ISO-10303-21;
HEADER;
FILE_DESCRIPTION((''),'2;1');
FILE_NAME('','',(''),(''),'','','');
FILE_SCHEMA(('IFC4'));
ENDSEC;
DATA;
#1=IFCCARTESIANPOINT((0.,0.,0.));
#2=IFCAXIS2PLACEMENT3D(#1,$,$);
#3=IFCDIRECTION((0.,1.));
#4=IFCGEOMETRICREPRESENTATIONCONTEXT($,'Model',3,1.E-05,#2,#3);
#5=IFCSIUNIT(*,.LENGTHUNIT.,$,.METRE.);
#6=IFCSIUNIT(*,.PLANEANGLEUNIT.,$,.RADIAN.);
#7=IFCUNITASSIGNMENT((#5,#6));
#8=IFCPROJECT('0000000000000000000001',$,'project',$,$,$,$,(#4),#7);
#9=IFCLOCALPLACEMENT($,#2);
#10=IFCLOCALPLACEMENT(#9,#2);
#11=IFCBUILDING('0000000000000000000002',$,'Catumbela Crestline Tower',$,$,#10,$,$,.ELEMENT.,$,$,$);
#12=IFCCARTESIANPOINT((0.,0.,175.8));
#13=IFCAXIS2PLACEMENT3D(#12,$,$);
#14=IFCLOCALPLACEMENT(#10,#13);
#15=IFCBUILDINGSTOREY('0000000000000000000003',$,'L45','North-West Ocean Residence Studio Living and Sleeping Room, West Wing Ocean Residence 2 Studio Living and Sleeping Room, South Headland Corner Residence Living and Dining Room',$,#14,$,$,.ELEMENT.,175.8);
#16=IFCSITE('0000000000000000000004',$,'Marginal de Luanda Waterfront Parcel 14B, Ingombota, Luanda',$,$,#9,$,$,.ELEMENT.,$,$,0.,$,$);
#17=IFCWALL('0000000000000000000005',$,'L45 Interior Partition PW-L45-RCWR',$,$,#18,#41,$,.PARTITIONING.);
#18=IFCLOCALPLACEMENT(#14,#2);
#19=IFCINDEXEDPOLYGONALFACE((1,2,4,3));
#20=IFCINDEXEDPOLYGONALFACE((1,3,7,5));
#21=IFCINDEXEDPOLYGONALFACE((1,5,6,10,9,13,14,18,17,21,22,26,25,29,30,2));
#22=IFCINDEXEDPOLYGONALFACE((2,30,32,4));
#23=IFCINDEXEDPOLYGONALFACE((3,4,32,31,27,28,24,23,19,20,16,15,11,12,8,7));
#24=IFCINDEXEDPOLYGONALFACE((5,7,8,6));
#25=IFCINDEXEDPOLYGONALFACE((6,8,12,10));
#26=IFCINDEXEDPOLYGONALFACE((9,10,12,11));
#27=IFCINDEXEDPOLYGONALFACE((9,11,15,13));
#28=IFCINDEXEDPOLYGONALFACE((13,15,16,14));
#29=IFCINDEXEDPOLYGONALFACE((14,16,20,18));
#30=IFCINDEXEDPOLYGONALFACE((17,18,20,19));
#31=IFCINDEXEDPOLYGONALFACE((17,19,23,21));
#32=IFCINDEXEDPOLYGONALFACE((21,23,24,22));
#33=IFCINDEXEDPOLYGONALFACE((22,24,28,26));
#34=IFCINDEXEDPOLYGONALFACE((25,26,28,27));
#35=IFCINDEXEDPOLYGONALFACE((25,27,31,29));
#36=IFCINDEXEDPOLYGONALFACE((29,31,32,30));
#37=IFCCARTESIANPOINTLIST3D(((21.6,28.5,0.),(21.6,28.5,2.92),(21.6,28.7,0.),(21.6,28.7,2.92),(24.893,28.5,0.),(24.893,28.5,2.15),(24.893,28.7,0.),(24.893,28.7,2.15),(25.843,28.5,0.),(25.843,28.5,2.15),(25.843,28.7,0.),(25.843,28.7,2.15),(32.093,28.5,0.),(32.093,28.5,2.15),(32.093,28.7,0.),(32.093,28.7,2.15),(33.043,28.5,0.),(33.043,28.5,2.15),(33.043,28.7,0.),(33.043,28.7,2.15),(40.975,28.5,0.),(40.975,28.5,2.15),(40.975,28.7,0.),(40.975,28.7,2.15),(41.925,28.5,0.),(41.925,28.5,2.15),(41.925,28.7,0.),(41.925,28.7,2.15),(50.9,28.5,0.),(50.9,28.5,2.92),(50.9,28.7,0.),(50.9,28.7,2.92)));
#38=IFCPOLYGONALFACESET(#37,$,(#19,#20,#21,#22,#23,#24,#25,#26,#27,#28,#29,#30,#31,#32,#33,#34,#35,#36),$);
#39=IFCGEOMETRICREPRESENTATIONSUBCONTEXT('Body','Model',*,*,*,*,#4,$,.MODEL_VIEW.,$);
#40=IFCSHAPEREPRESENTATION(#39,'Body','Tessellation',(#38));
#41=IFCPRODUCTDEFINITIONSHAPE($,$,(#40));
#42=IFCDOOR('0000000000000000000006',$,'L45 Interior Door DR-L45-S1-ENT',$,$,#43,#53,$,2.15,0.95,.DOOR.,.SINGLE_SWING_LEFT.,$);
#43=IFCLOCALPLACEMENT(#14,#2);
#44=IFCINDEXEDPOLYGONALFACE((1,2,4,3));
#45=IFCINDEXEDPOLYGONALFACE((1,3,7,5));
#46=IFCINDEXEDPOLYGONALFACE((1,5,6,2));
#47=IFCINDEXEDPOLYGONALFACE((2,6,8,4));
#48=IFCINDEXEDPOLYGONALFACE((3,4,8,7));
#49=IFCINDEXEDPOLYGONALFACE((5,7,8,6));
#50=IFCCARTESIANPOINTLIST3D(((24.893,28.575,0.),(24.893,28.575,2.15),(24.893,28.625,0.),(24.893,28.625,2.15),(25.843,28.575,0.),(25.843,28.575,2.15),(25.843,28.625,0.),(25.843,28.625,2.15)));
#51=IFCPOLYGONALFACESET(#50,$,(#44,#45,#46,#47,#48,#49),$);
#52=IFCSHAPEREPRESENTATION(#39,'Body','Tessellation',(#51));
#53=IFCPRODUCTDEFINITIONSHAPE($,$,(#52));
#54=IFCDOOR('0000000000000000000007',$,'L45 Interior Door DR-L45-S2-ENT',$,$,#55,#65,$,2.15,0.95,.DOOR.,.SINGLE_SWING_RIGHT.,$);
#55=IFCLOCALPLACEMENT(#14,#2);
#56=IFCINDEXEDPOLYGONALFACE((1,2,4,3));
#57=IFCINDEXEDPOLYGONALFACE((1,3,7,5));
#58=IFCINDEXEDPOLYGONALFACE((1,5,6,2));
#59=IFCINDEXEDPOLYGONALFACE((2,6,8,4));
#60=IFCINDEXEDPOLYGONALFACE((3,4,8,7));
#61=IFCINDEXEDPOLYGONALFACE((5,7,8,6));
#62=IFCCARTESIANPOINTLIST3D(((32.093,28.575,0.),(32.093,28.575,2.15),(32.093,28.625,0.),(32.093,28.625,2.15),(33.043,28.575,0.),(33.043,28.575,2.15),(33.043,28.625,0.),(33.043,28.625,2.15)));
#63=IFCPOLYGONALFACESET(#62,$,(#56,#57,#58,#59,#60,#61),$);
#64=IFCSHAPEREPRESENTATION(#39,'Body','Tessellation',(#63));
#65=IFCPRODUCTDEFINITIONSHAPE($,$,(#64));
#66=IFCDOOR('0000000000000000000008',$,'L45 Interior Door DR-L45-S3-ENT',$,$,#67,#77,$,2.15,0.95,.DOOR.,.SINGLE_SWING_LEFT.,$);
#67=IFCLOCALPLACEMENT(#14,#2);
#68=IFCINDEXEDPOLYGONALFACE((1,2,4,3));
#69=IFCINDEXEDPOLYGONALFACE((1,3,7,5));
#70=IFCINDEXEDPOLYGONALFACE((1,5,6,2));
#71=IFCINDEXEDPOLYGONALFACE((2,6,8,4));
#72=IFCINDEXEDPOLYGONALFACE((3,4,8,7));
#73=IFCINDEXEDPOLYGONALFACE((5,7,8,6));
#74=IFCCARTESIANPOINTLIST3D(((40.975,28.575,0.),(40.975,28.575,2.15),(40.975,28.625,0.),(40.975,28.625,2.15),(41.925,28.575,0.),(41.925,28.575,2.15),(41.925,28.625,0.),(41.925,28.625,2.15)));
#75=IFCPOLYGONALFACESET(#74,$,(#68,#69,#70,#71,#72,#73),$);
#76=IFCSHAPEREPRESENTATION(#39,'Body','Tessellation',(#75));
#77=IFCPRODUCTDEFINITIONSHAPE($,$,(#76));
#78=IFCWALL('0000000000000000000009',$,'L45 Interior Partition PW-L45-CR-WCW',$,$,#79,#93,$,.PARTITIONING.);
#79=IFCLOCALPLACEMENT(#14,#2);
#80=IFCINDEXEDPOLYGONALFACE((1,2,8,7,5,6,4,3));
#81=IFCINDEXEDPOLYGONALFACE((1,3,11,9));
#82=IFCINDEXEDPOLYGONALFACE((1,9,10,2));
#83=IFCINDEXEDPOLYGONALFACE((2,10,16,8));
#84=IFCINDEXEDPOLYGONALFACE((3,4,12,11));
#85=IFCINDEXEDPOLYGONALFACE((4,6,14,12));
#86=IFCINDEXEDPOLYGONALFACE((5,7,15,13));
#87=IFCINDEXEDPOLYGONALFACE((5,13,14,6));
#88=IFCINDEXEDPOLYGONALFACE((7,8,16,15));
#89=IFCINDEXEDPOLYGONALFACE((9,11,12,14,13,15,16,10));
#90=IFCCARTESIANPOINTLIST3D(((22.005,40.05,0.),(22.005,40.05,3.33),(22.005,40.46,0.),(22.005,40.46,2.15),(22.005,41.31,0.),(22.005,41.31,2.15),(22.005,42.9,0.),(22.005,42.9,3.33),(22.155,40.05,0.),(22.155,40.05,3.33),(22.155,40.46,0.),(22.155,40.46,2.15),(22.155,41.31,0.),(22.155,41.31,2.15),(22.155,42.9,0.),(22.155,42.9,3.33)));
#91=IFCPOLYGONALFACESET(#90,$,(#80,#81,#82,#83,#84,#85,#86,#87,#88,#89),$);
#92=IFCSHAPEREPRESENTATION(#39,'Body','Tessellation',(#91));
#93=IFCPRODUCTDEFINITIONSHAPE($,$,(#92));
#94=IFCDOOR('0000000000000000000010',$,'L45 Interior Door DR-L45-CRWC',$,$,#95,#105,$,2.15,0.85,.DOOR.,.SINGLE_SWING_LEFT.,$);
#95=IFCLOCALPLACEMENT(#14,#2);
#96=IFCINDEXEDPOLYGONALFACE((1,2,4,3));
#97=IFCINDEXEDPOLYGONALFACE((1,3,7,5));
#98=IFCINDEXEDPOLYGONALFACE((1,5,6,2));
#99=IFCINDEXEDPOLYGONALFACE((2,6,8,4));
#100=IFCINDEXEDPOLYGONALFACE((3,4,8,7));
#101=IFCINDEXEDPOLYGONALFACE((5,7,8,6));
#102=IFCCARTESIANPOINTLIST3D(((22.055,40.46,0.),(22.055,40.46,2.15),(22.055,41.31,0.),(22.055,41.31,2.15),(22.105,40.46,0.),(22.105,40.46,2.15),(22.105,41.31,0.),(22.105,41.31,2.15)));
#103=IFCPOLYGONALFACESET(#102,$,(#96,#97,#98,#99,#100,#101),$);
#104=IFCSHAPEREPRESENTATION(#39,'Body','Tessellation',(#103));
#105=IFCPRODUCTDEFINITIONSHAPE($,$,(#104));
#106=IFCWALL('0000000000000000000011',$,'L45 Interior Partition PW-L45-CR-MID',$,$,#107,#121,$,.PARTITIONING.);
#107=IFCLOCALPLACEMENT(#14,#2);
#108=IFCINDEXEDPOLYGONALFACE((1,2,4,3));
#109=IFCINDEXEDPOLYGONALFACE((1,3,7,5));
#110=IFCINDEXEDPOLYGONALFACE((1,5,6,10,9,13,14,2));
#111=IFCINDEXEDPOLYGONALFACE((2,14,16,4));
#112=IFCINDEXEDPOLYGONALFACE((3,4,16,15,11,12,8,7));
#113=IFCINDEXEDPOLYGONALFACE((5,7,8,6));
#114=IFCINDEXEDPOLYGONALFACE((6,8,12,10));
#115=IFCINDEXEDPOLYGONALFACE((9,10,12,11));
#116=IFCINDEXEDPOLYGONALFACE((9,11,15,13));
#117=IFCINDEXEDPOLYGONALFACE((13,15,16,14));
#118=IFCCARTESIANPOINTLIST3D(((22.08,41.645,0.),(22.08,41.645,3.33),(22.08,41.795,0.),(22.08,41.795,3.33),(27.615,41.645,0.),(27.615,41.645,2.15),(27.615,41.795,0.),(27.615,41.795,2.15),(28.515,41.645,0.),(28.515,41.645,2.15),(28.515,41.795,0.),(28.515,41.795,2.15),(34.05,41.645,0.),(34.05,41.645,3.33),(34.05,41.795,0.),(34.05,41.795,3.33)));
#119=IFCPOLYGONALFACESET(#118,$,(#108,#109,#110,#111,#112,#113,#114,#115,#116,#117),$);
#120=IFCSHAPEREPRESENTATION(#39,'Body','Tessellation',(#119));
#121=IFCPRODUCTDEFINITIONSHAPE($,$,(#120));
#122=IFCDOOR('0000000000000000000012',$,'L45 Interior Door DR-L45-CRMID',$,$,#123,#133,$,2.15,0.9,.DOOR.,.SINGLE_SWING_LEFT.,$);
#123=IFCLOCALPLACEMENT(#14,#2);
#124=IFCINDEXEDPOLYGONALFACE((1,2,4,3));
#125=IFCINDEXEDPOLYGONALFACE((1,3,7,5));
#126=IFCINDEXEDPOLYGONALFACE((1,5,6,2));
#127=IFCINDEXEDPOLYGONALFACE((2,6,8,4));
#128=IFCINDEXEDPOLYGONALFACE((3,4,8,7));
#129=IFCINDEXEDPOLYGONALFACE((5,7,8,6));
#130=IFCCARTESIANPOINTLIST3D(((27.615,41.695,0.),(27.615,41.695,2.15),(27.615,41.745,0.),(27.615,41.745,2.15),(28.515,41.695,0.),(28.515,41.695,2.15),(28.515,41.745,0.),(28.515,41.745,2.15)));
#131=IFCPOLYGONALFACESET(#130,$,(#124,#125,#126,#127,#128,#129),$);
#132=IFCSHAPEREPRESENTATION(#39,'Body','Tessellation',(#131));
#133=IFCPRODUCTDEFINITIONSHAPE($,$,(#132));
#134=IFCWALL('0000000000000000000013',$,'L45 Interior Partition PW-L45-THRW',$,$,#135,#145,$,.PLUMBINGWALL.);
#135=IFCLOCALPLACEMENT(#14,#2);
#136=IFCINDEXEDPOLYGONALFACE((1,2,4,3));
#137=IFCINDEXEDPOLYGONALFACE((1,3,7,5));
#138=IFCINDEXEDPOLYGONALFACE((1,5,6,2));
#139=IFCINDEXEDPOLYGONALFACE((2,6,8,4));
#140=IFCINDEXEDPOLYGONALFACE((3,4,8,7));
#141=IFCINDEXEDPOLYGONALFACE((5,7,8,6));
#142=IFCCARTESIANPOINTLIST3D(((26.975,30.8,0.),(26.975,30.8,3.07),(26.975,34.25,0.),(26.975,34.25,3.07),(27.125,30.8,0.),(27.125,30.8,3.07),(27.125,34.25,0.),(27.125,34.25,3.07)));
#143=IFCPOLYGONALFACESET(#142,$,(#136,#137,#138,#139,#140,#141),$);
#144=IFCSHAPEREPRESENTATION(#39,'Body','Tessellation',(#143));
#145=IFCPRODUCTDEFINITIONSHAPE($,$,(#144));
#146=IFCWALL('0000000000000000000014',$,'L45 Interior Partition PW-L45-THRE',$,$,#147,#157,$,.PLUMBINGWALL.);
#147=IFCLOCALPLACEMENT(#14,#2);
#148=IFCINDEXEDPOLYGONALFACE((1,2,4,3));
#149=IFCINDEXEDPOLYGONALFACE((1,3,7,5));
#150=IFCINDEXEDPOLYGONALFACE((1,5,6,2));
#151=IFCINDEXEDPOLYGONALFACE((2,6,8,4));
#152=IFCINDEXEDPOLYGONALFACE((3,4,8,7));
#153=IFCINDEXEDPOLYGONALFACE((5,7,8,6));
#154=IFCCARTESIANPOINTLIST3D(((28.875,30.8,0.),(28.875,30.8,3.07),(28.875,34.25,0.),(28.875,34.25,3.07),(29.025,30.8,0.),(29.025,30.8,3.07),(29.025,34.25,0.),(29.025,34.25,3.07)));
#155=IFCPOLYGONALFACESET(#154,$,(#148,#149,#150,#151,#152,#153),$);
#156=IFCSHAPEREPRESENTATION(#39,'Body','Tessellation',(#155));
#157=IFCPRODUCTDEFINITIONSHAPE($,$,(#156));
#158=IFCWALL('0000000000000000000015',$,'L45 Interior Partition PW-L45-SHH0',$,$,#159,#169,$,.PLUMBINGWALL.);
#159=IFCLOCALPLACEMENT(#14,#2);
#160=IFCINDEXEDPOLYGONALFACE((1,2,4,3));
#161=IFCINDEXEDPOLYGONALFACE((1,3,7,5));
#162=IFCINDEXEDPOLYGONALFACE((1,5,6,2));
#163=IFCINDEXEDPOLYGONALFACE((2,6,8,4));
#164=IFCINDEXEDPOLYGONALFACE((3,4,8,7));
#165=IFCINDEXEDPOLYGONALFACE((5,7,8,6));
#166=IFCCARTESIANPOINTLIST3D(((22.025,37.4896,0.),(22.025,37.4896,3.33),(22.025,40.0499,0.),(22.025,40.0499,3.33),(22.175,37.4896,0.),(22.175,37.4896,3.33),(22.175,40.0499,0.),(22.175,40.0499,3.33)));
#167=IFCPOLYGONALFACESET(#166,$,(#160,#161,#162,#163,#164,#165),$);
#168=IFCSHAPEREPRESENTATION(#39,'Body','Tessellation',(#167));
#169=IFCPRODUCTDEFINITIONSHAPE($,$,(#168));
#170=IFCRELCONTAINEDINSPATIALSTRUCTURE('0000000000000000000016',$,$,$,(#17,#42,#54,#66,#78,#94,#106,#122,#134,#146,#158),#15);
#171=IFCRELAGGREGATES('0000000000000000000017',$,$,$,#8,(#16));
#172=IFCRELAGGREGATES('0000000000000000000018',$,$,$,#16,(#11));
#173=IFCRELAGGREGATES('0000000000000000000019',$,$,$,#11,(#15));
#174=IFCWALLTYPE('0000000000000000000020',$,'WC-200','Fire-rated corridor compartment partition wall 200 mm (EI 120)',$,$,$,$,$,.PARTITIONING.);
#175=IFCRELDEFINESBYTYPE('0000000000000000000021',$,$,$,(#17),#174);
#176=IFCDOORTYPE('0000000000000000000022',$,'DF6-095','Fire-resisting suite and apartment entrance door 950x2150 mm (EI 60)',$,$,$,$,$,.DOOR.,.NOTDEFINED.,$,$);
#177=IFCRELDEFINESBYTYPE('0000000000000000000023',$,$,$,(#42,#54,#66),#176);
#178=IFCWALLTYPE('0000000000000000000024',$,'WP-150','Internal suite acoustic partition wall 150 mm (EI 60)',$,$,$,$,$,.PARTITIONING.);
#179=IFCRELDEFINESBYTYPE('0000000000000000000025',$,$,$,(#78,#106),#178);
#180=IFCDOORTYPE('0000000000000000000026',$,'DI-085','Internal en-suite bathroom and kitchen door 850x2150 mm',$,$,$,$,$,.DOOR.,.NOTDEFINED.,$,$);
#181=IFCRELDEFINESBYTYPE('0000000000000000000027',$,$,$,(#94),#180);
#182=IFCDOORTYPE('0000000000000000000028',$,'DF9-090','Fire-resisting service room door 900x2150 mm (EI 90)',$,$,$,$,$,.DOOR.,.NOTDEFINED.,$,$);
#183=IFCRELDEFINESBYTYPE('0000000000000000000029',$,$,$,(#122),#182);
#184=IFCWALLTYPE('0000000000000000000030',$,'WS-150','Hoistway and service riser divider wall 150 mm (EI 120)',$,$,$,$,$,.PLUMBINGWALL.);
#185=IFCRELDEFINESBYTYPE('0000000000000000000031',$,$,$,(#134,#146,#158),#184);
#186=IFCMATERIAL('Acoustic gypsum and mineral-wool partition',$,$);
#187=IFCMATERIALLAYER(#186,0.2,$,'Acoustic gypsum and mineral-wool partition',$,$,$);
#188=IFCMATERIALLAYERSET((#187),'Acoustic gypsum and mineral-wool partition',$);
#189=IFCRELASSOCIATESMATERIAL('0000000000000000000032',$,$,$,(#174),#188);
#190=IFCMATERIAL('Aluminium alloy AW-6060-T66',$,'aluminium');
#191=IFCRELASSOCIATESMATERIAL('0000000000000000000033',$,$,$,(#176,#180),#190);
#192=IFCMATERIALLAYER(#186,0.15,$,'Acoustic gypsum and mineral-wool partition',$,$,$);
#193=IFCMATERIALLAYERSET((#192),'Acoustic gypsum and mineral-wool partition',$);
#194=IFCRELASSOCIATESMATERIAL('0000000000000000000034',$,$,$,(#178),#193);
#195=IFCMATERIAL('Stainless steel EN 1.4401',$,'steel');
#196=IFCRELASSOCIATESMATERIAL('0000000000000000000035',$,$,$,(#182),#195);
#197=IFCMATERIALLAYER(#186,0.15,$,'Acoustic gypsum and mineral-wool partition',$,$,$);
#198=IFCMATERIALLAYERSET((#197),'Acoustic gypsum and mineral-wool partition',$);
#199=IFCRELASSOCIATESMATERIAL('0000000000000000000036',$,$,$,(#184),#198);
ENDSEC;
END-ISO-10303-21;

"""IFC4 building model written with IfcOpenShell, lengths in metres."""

from ifc_helpers import new_model, si_unit, direction, frame, frame_2d, origin, place, context, subcontext, project, spatial, rectangle, extrude, material, layer, layer_set, type_object, element, fill, save


model = new_model("IFC4")

# Units and contexts
model_context = context("Model", 3, precision=1e-05, world=origin(), true_north=direction((0.0, 1.0)))
body_context = subcontext(model_context, "Body", "Model", "MODEL_VIEW")
ifc_project = project(units=[si_unit("LENGTHUNIT", "METRE"), si_unit("PLANEANGLEUNIT", "RADIAN")], contexts=[model_context])

# Site, building, storey
site_placement = place(None, origin())
site = spatial("IfcSite", under=ifc_project, at=site_placement, Name="Marginal de Luanda Waterfront Parcel 14B, Ingombota, Luanda", CompositionType="ELEMENT", RefElevation=0.0)
building_placement = place(site_placement, origin())
building = spatial("IfcBuilding", under=site, at=building_placement, Name="Catumbela Crestline Tower", CompositionType="ELEMENT")
storey_placement = place(building_placement, frame((0.0, 0.0, 175.8)))
storey = spatial("IfcBuildingStorey", under=building, at=storey_placement, Name="L45", Description="North-West Ocean Residence Studio Living and Sleeping Room, West Wing Ocean Residence 2 Studio Living and Sleeping Room, South Headland Corner Residence Living and Dining Room", CompositionType="ELEMENT", Elevation=175.8)

# Shared definitions
ifc_material_1 = material(Name="Stainless steel EN 1.4401", Category="steel")
ifc_material_2 = material(Name="Acoustic gypsum and mineral-wool partition")
ifc_layer_1 = layer(ifc_material_2, 0.2, Name="Acoustic gypsum and mineral-wool partition")
ifc_layer_set_1 = layer_set([ifc_layer_1], Name="Acoustic gypsum and mineral-wool partition")
wall_type_1 = type_object("IfcWallType", Name="WC-200", Description="Fire-rated corridor compartment partition wall 200 mm (EI 120)", PredefinedType="PARTITIONING", material=ifc_layer_set_1)

# Wall, openings, doors
wall_1_placement = place(storey_placement, frame((21.6, 28.6, 0.0), z_axis=(0.0, 0.0, 1.0), x_axis=(1.0, 0.0, 0.0)))
wall_1 = element("IfcWall", 1, at=wall_1_placement, inside=storey, type_object=wall_type_1, Name="L45 Interior Partition PW-L45-RCWR", PredefinedType="PARTITIONING", context=body_context, shape_type="SweptSolid", body=[
    extrude(rectangle(XDim=29.3, YDim=0.2, at=frame_2d((14.65, 0.0))), origin(), (0.0, 0.0, 1.0), 2.92),
])
opening_1_placement = place(wall_1_placement, frame((3.293, 0.0, 0.0)))
opening_1 = element("IfcOpeningElement", 2, at=opening_1_placement, cuts=wall_1, PredefinedType="OPENING", context=body_context, shape_type="SweptSolid", body=[
    extrude(rectangle(XDim=0.95, YDim=2.15, at=frame_2d((0.475, 1.075))), frame((0.0, 0.11, 0.0), z_axis=(0.0, -1.0, 0.0), x_axis=(1.0, 0.0, 0.0)), (0.0, 0.0, 1.0), 0.22),
])
opening_2_placement = place(wall_1_placement, frame((10.493, 0.0, 0.0)))
opening_2 = element("IfcOpeningElement", 3, at=opening_2_placement, cuts=wall_1, PredefinedType="OPENING", context=body_context, shape_type="SweptSolid", body=[
    extrude(rectangle(XDim=0.95, YDim=2.15, at=frame_2d((0.475, 1.075))), frame((0.0, 0.11, 0.0), z_axis=(0.0, -1.0, 0.0), x_axis=(1.0, 0.0, 0.0)), (0.0, 0.0, 1.0), 0.22),
])
opening_3_placement = place(wall_1_placement, frame((19.375, 0.0, 0.0)))
opening_3 = element("IfcOpeningElement", 4, at=opening_3_placement, cuts=wall_1, PredefinedType="OPENING", context=body_context, shape_type="SweptSolid", body=[
    extrude(rectangle(XDim=0.95, YDim=2.15, at=frame_2d((0.475, 1.075))), frame((0.0, 0.11, 0.0), z_axis=(0.0, -1.0, 0.0), x_axis=(1.0, 0.0, 0.0)), (0.0, 0.0, 1.0), 0.22),
])
ifc_material_3 = material(Name="Aluminium alloy AW-6060-T66", Category="aluminium")
door_type_1 = type_object("IfcDoorType", Name="DF6-095", Description="Fire-resisting suite and apartment entrance door 950x2150 mm (EI 60)", OperationType="NOTDEFINED", PredefinedType="DOOR", material=ifc_material_3)
door_1_placement = place(opening_1_placement, origin())
door_1 = element("IfcDoor", 5, at=door_1_placement, inside=storey, type_object=door_type_1, Name="L45 Interior Door DR-L45-S1-ENT", OperationType="SINGLE_SWING_LEFT", OverallHeight=2.15, OverallWidth=0.95, PredefinedType="DOOR", context=body_context, shape_type="SweptSolid", body=[
    extrude(rectangle(XDim=0.95, YDim=2.15, at=frame_2d((0.475, 1.075))), frame((0.0, 0.025, 0.0), z_axis=(0.0, -1.0, 0.0), x_axis=(1.0, 0.0, 0.0)), (0.0, 0.0, 1.0), 0.05),
])
fill(opening_1, door_1)
door_2_placement = place(opening_2_placement, origin())
door_2 = element("IfcDoor", 6, at=door_2_placement, inside=storey, type_object=door_type_1, Name="L45 Interior Door DR-L45-S2-ENT", OperationType="SINGLE_SWING_RIGHT", OverallHeight=2.15, OverallWidth=0.95, PredefinedType="DOOR", context=body_context, shape_type="SweptSolid", body=[
    extrude(rectangle(XDim=0.95, YDim=2.15, at=frame_2d((0.475, 1.075))), frame((0.0, 0.025, 0.0), z_axis=(0.0, -1.0, 0.0), x_axis=(1.0, 0.0, 0.0)), (0.0, 0.0, 1.0), 0.05),
])
fill(opening_2, door_2)
door_3_placement = place(opening_3_placement, origin())
door_3 = element("IfcDoor", 7, at=door_3_placement, inside=storey, type_object=door_type_1, Name="L45 Interior Door DR-L45-S3-ENT", OperationType="SINGLE_SWING_LEFT", OverallHeight=2.15, OverallWidth=0.95, PredefinedType="DOOR", context=body_context, shape_type="SweptSolid", body=[
    extrude(rectangle(XDim=0.95, YDim=2.15, at=frame_2d((0.475, 1.075))), frame((0.0, 0.025, 0.0), z_axis=(0.0, -1.0, 0.0), x_axis=(1.0, 0.0, 0.0)), (0.0, 0.0, 1.0), 0.05),
])
fill(opening_3, door_3)

# Walls, openings, doors
ifc_layer_2 = layer(ifc_material_2, 0.15, Name="Acoustic gypsum and mineral-wool partition")
ifc_layer_set_2 = layer_set([ifc_layer_2], Name="Acoustic gypsum and mineral-wool partition")
wall_type_2 = type_object("IfcWallType", Name="WP-150", Description="Internal suite acoustic partition wall 150 mm (EI 60)", PredefinedType="PARTITIONING", material=ifc_layer_set_2)
wall_2_placement = place(storey_placement, frame((22.08, 40.05, 0.0), z_axis=(0.0, 0.0, 1.0), x_axis=(0.0, 1.0, 0.0)))
wall_2 = element("IfcWall", 8, at=wall_2_placement, inside=storey, type_object=wall_type_2, Name="L45 Interior Partition PW-L45-CR-WCW", PredefinedType="PARTITIONING", context=body_context, shape_type="SweptSolid", body=[
    extrude(rectangle(XDim=2.85, YDim=0.15, at=frame_2d((1.425, 0.0))), origin(), (0.0, 0.0, 1.0), 3.33),
])
opening_4_placement = place(wall_2_placement, frame((0.41, 0.0, 0.0)))
opening_4 = element("IfcOpeningElement", 9, at=opening_4_placement, cuts=wall_2, PredefinedType="OPENING", context=body_context, shape_type="SweptSolid", body=[
    extrude(rectangle(XDim=0.85, YDim=2.15, at=frame_2d((0.425, 1.075))), frame((0.0, 0.085, 0.0), z_axis=(0.0, -1.0, 0.0), x_axis=(1.0, 0.0, 0.0)), (0.0, 0.0, 1.0), 0.17),
])
door_type_2 = type_object("IfcDoorType", Name="DI-085", Description="Internal en-suite bathroom and kitchen door 850x2150 mm", OperationType="NOTDEFINED", PredefinedType="DOOR", material=ifc_material_3)
door_4_placement = place(opening_4_placement, origin())
door_4 = element("IfcDoor", 10, at=door_4_placement, inside=storey, type_object=door_type_2, Name="L45 Interior Door DR-L45-CRWC", OperationType="SINGLE_SWING_LEFT", OverallHeight=2.15, OverallWidth=0.85, PredefinedType="DOOR", context=body_context, shape_type="SweptSolid", body=[
    extrude(rectangle(XDim=0.85, YDim=2.15, at=frame_2d((0.425, 1.075))), frame((0.0, 0.025, 0.0), z_axis=(0.0, -1.0, 0.0), x_axis=(1.0, 0.0, 0.0)), (0.0, 0.0, 1.0), 0.05),
])
fill(opening_4, door_4)
wall_3_placement = place(storey_placement, frame((22.08, 41.72, 0.0), z_axis=(0.0, 0.0, 1.0), x_axis=(1.0, 0.0, 0.0)))
wall_3 = element("IfcWall", 11, at=wall_3_placement, inside=storey, type_object=wall_type_2, Name="L45 Interior Partition PW-L45-CR-MID", PredefinedType="PARTITIONING", context=body_context, shape_type="SweptSolid", body=[
    extrude(rectangle(XDim=11.97, YDim=0.15, at=frame_2d((5.985, 0.0))), origin(), (0.0, 0.0, 1.0), 3.33),
])
opening_5_placement = place(wall_3_placement, frame((5.535, 0.0, 0.0)))
opening_5 = element("IfcOpeningElement", 12, at=opening_5_placement, cuts=wall_3, PredefinedType="OPENING", context=body_context, shape_type="SweptSolid", body=[
    extrude(rectangle(XDim=0.9, YDim=2.15, at=frame_2d((0.45, 1.075))), frame((0.0, 0.085, 0.0), z_axis=(0.0, -1.0, 0.0), x_axis=(1.0, 0.0, 0.0)), (0.0, 0.0, 1.0), 0.17),
])
door_type_3 = type_object("IfcDoorType", Name="DF9-090", Description="Fire-resisting service room door 900x2150 mm (EI 90)", OperationType="NOTDEFINED", PredefinedType="DOOR", material=ifc_material_1)
door_5_placement = place(opening_5_placement, origin())
door_5 = element("IfcDoor", 13, at=door_5_placement, inside=storey, type_object=door_type_3, Name="L45 Interior Door DR-L45-CRMID", OperationType="SINGLE_SWING_LEFT", OverallHeight=2.15, OverallWidth=0.9, PredefinedType="DOOR", context=body_context, shape_type="SweptSolid", body=[
    extrude(rectangle(XDim=0.9, YDim=2.15, at=frame_2d((0.45, 1.075))), frame((0.0, 0.025, 0.0), z_axis=(0.0, -1.0, 0.0), x_axis=(1.0, 0.0, 0.0)), (0.0, 0.0, 1.0), 0.05),
])
fill(opening_5, door_5)

# Walls
ifc_layer_3 = layer(ifc_material_2, 0.15, Name="Acoustic gypsum and mineral-wool partition")
ifc_layer_set_3 = layer_set([ifc_layer_3], Name="Acoustic gypsum and mineral-wool partition")
wall_type_3 = type_object("IfcWallType", Name="WS-150", Description="Hoistway and service riser divider wall 150 mm (EI 120)", PredefinedType="PLUMBINGWALL", material=ifc_layer_set_3)
for number, where, z_axis, x_axis, name in (
    (14, (27.05, 30.8, 0.0), (0.0, 0.0, 1.0), (0.0, 1.0, 0.0), "L45 Interior Partition PW-L45-THRW"),
    (15, (28.95, 30.8, 0.0), (0.0, 0.0, 1.0), (0.0, 1.0, 0.0), "L45 Interior Partition PW-L45-THRE"),
):
    element("IfcWall", number, at=place(storey_placement, frame(where, z_axis=z_axis, x_axis=x_axis)), inside=storey, type_object=wall_type_3, Name=name, PredefinedType="PLUMBINGWALL", context=body_context, shape_type="SweptSolid", body=[
        extrude(rectangle(XDim=3.45, YDim=0.15, at=frame_2d((1.725, 0.0))), origin(), (0.0, 0.0, 1.0), 3.07),
    ])
wall_4_placement = place(storey_placement, frame((22.1, 37.4897, 0.0), z_axis=(0.0, 0.0, 1.0), x_axis=(0.0, 1.0, 0.0)))
element("IfcWall", 16, at=wall_4_placement, inside=storey, type_object=wall_type_3, Name="L45 Interior Partition PW-L45-SHH0", PredefinedType="PLUMBINGWALL", context=body_context, shape_type="SweptSolid", body=[
    extrude(rectangle(XDim=2.5603, YDim=0.15, at=frame_2d((1.2801, 0.0))), origin(), (0.0, 0.0, 1.0), 3.33),
])

save(model, "model.ifc")
